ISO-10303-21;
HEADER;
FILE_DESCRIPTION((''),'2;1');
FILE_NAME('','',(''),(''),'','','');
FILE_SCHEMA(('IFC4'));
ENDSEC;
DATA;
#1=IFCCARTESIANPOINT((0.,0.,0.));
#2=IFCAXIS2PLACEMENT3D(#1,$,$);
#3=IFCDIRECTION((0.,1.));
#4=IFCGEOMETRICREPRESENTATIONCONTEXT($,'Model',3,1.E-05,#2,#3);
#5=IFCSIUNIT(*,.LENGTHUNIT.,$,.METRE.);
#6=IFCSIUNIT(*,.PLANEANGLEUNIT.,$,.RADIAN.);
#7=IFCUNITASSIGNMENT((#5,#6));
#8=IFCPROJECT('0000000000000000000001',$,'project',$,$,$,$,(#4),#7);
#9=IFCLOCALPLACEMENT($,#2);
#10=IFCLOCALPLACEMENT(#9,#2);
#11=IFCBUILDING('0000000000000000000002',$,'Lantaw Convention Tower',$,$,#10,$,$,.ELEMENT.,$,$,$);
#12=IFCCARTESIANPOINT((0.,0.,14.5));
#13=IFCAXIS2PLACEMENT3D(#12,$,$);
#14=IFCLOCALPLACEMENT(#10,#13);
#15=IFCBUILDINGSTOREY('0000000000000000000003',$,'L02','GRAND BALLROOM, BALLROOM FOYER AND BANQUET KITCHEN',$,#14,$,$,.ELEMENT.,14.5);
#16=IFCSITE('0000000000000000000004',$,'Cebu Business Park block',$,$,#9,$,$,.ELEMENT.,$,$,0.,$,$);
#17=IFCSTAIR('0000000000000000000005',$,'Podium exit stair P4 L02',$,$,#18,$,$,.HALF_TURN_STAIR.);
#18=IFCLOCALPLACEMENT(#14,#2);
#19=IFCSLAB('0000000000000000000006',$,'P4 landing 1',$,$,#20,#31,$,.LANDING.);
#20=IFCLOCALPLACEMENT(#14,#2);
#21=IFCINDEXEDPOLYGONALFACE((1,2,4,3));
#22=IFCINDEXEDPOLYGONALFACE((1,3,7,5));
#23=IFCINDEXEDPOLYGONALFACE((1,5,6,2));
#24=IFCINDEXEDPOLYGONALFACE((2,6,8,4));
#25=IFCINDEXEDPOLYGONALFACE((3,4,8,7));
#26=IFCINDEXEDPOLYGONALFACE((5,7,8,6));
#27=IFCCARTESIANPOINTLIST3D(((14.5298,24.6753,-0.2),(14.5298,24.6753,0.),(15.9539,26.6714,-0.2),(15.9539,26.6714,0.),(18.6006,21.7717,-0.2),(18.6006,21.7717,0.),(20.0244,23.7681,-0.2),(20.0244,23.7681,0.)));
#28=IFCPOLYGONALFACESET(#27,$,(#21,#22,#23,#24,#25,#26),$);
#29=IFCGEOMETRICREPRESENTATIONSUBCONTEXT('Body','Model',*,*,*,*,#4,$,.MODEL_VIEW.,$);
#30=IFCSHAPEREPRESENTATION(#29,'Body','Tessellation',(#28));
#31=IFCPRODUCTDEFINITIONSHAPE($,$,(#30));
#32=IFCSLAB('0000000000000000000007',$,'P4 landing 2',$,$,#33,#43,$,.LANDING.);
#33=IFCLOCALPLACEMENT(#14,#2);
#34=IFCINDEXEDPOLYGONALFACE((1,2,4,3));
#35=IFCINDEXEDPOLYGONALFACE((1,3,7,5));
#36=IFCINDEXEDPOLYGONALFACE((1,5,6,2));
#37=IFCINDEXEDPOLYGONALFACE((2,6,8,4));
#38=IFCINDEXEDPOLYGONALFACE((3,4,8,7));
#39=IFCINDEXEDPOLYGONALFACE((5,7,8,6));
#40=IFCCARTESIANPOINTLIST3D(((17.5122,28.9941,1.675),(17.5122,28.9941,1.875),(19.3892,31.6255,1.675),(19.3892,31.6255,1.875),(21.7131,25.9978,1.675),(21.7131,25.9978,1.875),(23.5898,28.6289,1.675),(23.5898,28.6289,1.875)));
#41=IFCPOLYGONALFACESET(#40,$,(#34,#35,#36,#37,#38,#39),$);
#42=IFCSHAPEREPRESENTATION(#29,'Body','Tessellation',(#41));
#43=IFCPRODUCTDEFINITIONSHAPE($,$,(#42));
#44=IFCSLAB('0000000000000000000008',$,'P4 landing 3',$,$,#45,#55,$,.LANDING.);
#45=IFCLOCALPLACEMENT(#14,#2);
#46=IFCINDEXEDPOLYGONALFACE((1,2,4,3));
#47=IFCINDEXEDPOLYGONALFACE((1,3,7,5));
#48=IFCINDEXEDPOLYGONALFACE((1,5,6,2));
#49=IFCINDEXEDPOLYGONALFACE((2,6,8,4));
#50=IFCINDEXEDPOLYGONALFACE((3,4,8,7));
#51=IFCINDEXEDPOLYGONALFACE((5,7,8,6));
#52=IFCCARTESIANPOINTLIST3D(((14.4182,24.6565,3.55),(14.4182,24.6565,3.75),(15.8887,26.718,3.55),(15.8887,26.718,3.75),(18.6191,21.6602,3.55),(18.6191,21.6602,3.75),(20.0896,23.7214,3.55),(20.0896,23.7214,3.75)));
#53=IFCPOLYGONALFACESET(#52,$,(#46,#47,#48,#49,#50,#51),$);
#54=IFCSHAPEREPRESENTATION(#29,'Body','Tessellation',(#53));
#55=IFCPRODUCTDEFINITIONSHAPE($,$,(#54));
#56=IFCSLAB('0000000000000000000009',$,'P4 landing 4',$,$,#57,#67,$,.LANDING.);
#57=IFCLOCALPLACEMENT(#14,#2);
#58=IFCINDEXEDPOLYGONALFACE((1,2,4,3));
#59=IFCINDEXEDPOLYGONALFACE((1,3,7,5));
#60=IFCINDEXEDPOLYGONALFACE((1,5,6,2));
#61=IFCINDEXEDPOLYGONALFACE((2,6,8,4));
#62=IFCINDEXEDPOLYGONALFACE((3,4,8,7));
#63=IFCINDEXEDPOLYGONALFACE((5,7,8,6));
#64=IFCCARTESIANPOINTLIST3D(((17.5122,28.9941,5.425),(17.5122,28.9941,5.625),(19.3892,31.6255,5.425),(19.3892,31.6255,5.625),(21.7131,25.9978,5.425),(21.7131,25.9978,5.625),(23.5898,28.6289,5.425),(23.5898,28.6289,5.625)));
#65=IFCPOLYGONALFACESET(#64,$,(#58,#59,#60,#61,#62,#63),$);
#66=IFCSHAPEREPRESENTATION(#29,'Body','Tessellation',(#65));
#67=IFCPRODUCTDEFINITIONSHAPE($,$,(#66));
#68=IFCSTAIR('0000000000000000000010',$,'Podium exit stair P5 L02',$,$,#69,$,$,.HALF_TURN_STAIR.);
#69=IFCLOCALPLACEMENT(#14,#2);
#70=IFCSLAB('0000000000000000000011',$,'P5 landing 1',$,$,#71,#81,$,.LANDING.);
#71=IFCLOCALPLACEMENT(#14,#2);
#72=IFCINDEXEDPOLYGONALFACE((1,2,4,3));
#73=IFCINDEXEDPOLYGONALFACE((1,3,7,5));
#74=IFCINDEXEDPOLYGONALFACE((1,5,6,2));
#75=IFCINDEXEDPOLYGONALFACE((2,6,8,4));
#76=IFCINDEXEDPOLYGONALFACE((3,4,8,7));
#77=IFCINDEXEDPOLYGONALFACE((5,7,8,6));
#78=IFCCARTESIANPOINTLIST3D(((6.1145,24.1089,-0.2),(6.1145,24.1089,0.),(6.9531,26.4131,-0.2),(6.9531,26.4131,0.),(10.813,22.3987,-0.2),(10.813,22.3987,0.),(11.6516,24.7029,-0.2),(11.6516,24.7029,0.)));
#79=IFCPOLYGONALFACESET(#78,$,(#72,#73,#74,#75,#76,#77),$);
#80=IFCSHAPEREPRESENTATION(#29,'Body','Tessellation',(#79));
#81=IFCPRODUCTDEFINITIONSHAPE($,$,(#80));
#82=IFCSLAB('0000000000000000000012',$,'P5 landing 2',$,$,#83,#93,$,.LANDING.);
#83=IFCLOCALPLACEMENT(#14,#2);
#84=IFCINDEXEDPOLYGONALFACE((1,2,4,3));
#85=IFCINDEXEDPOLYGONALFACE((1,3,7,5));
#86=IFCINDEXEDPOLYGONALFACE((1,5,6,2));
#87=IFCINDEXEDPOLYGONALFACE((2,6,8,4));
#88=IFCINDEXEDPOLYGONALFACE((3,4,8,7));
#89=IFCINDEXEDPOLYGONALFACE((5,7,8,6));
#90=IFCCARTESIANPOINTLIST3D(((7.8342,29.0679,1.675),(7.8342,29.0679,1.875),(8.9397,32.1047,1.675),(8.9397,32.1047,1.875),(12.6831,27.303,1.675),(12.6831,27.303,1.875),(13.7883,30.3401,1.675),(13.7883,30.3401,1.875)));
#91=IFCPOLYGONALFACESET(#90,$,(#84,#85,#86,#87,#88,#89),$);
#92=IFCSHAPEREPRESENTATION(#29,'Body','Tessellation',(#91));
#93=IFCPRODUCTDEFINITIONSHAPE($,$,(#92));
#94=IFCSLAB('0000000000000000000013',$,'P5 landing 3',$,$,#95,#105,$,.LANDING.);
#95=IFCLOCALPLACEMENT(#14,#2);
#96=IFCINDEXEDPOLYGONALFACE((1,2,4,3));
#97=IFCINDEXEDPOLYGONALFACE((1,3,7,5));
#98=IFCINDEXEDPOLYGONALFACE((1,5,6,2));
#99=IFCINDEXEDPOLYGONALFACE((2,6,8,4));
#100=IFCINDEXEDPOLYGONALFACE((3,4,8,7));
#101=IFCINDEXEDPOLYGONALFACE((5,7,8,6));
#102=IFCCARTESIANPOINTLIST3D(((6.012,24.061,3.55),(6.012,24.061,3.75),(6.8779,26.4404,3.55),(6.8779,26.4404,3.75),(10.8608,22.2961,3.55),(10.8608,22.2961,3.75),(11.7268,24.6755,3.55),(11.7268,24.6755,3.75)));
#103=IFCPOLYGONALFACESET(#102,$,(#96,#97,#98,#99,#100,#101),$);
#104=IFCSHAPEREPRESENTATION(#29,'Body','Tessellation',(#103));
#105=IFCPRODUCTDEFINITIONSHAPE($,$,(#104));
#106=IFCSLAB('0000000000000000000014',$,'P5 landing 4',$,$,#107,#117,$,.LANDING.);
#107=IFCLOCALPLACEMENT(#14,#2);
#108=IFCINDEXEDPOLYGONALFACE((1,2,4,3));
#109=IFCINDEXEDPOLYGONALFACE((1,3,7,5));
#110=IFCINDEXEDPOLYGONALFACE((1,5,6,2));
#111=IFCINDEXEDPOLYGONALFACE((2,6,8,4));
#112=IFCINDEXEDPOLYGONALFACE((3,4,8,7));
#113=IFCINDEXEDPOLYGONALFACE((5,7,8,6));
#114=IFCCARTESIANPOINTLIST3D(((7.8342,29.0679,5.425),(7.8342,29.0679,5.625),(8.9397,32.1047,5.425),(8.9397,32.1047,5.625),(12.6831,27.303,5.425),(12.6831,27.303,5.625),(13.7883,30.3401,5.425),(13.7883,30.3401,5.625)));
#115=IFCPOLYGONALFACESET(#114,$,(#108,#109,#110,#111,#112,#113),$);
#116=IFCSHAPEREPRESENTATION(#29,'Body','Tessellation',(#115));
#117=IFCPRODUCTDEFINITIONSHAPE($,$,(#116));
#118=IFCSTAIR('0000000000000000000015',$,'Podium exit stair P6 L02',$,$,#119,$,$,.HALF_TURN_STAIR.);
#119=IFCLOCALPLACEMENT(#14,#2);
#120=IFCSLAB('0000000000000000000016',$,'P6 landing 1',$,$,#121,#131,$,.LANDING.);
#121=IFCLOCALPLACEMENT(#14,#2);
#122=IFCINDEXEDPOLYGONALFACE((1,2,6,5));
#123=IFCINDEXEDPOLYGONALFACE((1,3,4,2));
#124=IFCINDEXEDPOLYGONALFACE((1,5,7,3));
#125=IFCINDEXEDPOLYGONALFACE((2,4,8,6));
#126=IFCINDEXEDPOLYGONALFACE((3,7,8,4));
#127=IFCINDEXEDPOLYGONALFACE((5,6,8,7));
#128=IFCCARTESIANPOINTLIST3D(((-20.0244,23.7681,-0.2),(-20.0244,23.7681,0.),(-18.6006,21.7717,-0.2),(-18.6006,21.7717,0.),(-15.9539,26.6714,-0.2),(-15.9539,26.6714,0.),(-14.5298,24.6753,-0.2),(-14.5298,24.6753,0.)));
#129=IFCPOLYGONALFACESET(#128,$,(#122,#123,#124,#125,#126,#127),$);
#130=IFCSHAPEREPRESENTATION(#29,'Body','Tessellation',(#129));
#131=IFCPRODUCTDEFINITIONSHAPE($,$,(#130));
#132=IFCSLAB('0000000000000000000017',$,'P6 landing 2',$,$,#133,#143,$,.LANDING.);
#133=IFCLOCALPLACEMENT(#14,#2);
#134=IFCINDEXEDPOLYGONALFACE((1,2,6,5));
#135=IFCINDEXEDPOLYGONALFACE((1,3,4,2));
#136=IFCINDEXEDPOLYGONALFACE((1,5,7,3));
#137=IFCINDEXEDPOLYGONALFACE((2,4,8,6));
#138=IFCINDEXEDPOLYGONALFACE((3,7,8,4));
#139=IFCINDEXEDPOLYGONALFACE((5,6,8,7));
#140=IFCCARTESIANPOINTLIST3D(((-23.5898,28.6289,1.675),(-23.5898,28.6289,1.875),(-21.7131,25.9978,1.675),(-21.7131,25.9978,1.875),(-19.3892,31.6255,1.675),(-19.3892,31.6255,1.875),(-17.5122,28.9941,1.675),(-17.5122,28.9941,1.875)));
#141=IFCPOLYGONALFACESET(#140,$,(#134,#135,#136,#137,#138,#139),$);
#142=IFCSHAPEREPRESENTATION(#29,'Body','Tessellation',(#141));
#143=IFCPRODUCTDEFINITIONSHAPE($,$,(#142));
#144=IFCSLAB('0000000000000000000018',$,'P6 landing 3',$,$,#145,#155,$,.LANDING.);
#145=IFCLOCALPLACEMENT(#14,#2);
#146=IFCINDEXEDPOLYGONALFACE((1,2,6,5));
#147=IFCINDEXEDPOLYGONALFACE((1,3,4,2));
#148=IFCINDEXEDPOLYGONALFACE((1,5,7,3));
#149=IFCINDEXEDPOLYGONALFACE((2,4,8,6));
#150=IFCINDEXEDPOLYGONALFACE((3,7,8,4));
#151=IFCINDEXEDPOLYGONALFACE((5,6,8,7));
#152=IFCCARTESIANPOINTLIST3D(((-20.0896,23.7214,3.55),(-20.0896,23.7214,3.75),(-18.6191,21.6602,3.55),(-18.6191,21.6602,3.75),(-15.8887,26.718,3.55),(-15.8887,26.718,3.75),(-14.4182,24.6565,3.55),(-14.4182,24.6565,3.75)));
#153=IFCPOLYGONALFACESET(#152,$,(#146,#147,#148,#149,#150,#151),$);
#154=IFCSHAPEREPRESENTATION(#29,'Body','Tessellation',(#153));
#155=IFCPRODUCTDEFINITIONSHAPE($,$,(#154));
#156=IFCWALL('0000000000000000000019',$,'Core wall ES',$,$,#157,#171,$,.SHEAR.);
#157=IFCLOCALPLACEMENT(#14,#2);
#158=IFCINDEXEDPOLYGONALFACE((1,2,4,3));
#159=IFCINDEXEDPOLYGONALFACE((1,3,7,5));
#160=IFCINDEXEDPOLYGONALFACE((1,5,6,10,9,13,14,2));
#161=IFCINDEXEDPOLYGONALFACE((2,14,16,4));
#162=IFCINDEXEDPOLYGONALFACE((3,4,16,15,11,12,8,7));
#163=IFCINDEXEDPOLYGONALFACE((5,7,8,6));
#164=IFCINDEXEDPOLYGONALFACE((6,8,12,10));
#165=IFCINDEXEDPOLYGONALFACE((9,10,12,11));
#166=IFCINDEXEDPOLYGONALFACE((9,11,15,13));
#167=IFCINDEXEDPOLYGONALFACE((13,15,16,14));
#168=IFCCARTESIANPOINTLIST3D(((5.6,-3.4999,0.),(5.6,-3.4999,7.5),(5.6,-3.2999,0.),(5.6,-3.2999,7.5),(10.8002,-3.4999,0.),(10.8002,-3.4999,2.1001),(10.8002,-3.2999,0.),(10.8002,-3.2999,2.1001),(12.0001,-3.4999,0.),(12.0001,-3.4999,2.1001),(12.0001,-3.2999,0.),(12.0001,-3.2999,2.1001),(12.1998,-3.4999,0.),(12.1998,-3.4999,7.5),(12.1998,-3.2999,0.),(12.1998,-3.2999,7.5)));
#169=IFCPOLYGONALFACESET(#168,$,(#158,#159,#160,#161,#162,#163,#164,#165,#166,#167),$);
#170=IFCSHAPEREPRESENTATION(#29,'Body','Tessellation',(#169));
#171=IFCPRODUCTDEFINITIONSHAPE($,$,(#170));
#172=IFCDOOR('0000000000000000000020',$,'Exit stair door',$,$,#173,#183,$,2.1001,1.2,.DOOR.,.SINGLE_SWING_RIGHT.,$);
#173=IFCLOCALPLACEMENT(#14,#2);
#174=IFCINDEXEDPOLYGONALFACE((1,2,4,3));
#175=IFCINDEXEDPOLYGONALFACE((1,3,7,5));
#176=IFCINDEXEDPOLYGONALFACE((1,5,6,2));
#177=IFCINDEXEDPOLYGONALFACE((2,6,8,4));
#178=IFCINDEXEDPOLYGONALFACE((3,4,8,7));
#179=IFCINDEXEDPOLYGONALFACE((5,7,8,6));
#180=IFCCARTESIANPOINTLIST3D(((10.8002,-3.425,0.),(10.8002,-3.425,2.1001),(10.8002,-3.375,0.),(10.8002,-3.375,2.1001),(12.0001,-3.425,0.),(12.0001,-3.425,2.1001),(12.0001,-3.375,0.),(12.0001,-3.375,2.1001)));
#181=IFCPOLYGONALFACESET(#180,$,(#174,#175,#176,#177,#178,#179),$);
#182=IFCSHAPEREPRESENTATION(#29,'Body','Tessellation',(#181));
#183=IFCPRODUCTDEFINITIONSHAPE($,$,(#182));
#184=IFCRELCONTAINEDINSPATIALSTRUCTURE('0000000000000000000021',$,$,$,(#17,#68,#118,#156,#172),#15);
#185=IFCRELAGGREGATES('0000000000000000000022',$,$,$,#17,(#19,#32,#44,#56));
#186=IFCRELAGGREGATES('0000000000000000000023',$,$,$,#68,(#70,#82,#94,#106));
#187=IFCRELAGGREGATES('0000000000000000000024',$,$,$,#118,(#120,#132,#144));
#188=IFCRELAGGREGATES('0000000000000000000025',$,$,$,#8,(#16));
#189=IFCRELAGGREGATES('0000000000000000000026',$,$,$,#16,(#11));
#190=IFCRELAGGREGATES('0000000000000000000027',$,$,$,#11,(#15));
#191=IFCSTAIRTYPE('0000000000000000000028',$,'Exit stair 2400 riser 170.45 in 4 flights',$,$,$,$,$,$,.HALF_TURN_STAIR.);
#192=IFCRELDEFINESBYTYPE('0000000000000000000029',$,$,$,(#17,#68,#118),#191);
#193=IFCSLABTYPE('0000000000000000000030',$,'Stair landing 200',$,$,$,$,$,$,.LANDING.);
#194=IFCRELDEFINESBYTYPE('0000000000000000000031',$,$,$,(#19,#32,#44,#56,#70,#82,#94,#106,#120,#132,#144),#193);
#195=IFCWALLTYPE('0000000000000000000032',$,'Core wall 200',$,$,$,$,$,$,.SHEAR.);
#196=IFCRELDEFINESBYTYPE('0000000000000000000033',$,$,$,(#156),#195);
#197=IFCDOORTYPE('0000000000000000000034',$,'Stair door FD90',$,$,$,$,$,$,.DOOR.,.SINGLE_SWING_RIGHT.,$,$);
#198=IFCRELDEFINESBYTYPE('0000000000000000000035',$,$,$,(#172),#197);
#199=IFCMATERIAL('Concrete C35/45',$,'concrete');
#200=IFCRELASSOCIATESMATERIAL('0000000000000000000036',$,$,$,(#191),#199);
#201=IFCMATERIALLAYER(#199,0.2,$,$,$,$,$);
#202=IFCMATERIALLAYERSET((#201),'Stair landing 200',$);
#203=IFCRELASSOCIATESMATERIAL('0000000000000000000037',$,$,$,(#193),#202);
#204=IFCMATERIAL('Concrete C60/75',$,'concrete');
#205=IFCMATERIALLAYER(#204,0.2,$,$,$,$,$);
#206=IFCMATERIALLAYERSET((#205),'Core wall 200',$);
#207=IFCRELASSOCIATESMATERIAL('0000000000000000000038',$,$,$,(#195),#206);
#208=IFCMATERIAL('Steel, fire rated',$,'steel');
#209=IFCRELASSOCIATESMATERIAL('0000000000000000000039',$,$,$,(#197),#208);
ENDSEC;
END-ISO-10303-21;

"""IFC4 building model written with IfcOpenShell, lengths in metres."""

from ifc_helpers import new_model, si_unit, direction, frame, frame_2d, origin, place, context, subcontext, project, spatial, polyline, rectangle, outline, extrude, material, layer, layer_set, type_object, element, fill, aggregate, save


model = new_model("IFC4")

# Units and contexts
model_context = context("Model", 3, precision=1e-05, world=origin(), true_north=direction((0.0, 1.0)))
body_context = subcontext(model_context, "Body", "Model", "MODEL_VIEW")
ifc_project = project(units=[si_unit("LENGTHUNIT", "METRE"), si_unit("PLANEANGLEUNIT", "RADIAN")], contexts=[model_context])

# Site, building, storey
site_placement = place(None, origin())
site = spatial("IfcSite", under=ifc_project, at=site_placement, Name="Cebu Business Park block", CompositionType="ELEMENT", RefElevation=0.0)
building_placement = place(site_placement, origin())
building = spatial("IfcBuilding", under=site, at=building_placement, Name="Lantaw Convention Tower", CompositionType="ELEMENT")
storey_placement = place(building_placement, frame((0.0, 0.0, 14.5)))
storey = spatial("IfcBuildingStorey", under=building, at=storey_placement, Name="L02", Description="GRAND BALLROOM, BALLROOM FOYER AND BANQUET KITCHEN", CompositionType="ELEMENT", Elevation=14.5)

# Stairs, slabs
ifc_material_1 = material(Name="Concrete C35/45", Category="concrete")
stair_type = type_object("IfcStairType", Name="Exit stair 2400 riser 170.45 in 4 flights", PredefinedType="HALF_TURN_STAIR", material=ifc_material_1)
ifc_layer_1 = layer(ifc_material_1, 0.2)
ifc_layer_set_1 = layer_set([ifc_layer_1], Name="Stair landing 200")
slab_type = type_object("IfcSlabType", Name="Stair landing 200", PredefinedType="LANDING", material=ifc_layer_set_1)
stair_1_placement = place(storey_placement, origin())
stair_1 = element("IfcStair", 1, at=stair_1_placement, inside=storey, type_object=stair_type, Name="Podium exit stair P4 L02", PredefinedType="HALF_TURN_STAIR")
slab_1_placement = place(storey_placement, frame((0.0, 0.0, -0.2)))
slab_1 = element("IfcSlab", 2, at=slab_1_placement, type_object=slab_type, Name="P4 landing 1", PredefinedType="LANDING", context=body_context, shape_type="SweptSolid", body=[
    extrude(outline(polyline([(18.6006, 21.7717), (20.0244, 23.7681), (15.9539, 26.6714), (14.5298, 24.6753), (18.6006, 21.7717)])), origin(), (0.0, 0.0, 1.0), 0.2),
])
slab_2_placement = place(storey_placement, frame((0.0, 0.0, 1.675)))
slab_2 = element("IfcSlab", 3, at=slab_2_placement, type_object=slab_type, Name="P4 landing 2", PredefinedType="LANDING", context=body_context, shape_type="SweptSolid", body=[
    extrude(outline(polyline([(21.7131, 25.9978), (23.5898, 28.6289), (19.3892, 31.6255), (17.5122, 28.9941), (21.7131, 25.9978)])), origin(), (0.0, 0.0, 1.0), 0.2),
])
slab_3_placement = place(storey_placement, frame((0.0, 0.0, 3.55)))
slab_3 = element("IfcSlab", 4, at=slab_3_placement, type_object=slab_type, Name="P4 landing 3", PredefinedType="LANDING", context=body_context, shape_type="SweptSolid", body=[
    extrude(outline(polyline([(18.6191, 21.6602), (20.0896, 23.7214), (15.8887, 26.718), (14.4182, 24.6565), (18.6191, 21.6602)])), origin(), (0.0, 0.0, 1.0), 0.2),
])
slab_4_placement = place(storey_placement, frame((0.0, 0.0, 5.425)))
slab_4 = element("IfcSlab", 5, at=slab_4_placement, type_object=slab_type, Name="P4 landing 4", PredefinedType="LANDING", context=body_context, shape_type="SweptSolid", body=[
    extrude(outline(polyline([(21.7131, 25.9978), (23.5898, 28.6289), (19.3892, 31.6255), (17.5122, 28.9941), (21.7131, 25.9978)])), origin(), (0.0, 0.0, 1.0), 0.2),
])
aggregate(stair_1, [slab_1, slab_2, slab_3, slab_4])
stair_2_placement = place(storey_placement, origin())
stair_2 = element("IfcStair", 6, at=stair_2_placement, inside=storey, type_object=stair_type, Name="Podium exit stair P5 L02", PredefinedType="HALF_TURN_STAIR")
slab_5_placement = place(storey_placement, frame((0.0, 0.0, -0.2)))
slab_5 = element("IfcSlab", 7, at=slab_5_placement, type_object=slab_type, Name="P5 landing 1", PredefinedType="LANDING", context=body_context, shape_type="SweptSolid", body=[
    extrude(outline(polyline([(10.813, 22.3987), (11.6516, 24.7029), (6.9531, 26.4131), (6.1145, 24.1089), (10.813, 22.3987)])), origin(), (0.0, 0.0, 1.0), 0.2),
])
slab_6_placement = place(storey_placement, frame((0.0, 0.0, 1.675)))
slab_6 = element("IfcSlab", 8, at=slab_6_placement, type_object=slab_type, Name="P5 landing 2", PredefinedType="LANDING", context=body_context, shape_type="SweptSolid", body=[
    extrude(outline(polyline([(12.6831, 27.303), (13.7883, 30.3401), (8.9397, 32.1047), (7.8342, 29.0679), (12.6831, 27.303)])), origin(), (0.0, 0.0, 1.0), 0.2),
])
slab_7_placement = place(storey_placement, frame((0.0, 0.0, 3.55)))
slab_7 = element("IfcSlab", 9, at=slab_7_placement, type_object=slab_type, Name="P5 landing 3", PredefinedType="LANDING", context=body_context, shape_type="SweptSolid", body=[
    extrude(outline(polyline([(10.8608, 22.2961), (11.7268, 24.6755), (6.8779, 26.4404), (6.012, 24.061), (10.8608, 22.2961)])), origin(), (0.0, 0.0, 1.0), 0.2),
])
slab_8_placement = place(storey_placement, frame((0.0, 0.0, 5.425)))
slab_8 = element("IfcSlab", 10, at=slab_8_placement, type_object=slab_type, Name="P5 landing 4", PredefinedType="LANDING", context=body_context, shape_type="SweptSolid", body=[
    extrude(outline(polyline([(12.6831, 27.303), (13.7883, 30.3401), (8.9397, 32.1047), (7.8342, 29.0679), (12.6831, 27.303)])), origin(), (0.0, 0.0, 1.0), 0.2),
])
aggregate(stair_2, [slab_5, slab_6, slab_7, slab_8])
stair_3_placement = place(storey_placement, origin())
stair_3 = element("IfcStair", 11, at=stair_3_placement, inside=storey, type_object=stair_type, Name="Podium exit stair P6 L02", PredefinedType="HALF_TURN_STAIR")
slab_9_placement = place(storey_placement, frame((0.0, 0.0, -0.2)))
slab_9 = element("IfcSlab", 12, at=slab_9_placement, type_object=slab_type, Name="P6 landing 1", PredefinedType="LANDING", context=body_context, shape_type="SweptSolid", body=[
    extrude(outline(polyline([(-14.5298, 24.6753), (-15.9539, 26.6714), (-20.0244, 23.7681), (-18.6006, 21.7717), (-14.5298, 24.6753)])), origin(), (0.0, 0.0, 1.0), 0.2),
])
slab_10_placement = place(storey_placement, frame((0.0, 0.0, 1.675)))
slab_10 = element("IfcSlab", 13, at=slab_10_placement, type_object=slab_type, Name="P6 landing 2", PredefinedType="LANDING", context=body_context, shape_type="SweptSolid", body=[
    extrude(outline(polyline([(-17.5122, 28.9941), (-19.3892, 31.6255), (-23.5898, 28.6289), (-21.7131, 25.9978), (-17.5122, 28.9941)])), origin(), (0.0, 0.0, 1.0), 0.2),
])
slab_11_placement = place(storey_placement, frame((0.0, 0.0, 3.55)))
slab_11 = element("IfcSlab", 14, at=slab_11_placement, type_object=slab_type, Name="P6 landing 3", PredefinedType="LANDING", context=body_context, shape_type="SweptSolid", body=[
    extrude(outline(polyline([(-14.4182, 24.6565), (-15.8887, 26.718), (-20.0896, 23.7214), (-18.6191, 21.6602), (-14.4182, 24.6565)])), origin(), (0.0, 0.0, 1.0), 0.2),
])
aggregate(stair_3, [slab_9, slab_10, slab_11])

# Wall, opening, door
ifc_material_2 = material(Name="Concrete C60/75", Category="concrete")
ifc_layer_2 = layer(ifc_material_2, 0.2)
ifc_layer_set_2 = layer_set([ifc_layer_2], Name="Core wall 200")
wall_type_1 = type_object("IfcWallType", Name="Core wall 200", PredefinedType="SHEAR", material=ifc_layer_set_2)
wall_1_placement = place(storey_placement, frame((5.6001, -3.3999, 0.0), z_axis=(0.0, 0.0, 1.0), x_axis=(1.0, 0.0, 0.0)))
wall_1 = element("IfcWall", 15, at=wall_1_placement, inside=storey, type_object=wall_type_1, Name="Core wall ES", PredefinedType="SHEAR", context=body_context, shape_type="SweptSolid", body=[
    extrude(rectangle(XDim=6.5999, YDim=0.2, at=frame_2d((3.2998, 0.0))), origin(), (0.0, 0.0, 1.0), 7.5),
])
opening_1_placement = place(wall_1_placement, frame((5.2, 0.0, 0.0)))
opening_1 = element("IfcOpeningElement", 16, at=opening_1_placement, cuts=wall_1, PredefinedType="OPENING", context=body_context, shape_type="SweptSolid", body=[
    extrude(rectangle(XDim=1.2, YDim=2.1001, at=frame_2d((0.6001, 1.05))), frame((0.0, 0.1099, 0.0), z_axis=(0.0, -1.0, 0.0), x_axis=(1.0, 0.0, 0.0)), (0.0, 0.0, 1.0), 0.22),
])
ifc_material_3 = material(Name="Steel, fire rated", Category="steel")
door_type_1 = type_object("IfcDoorType", Name="Stair door FD90", OperationType="SINGLE_SWING_RIGHT", PredefinedType="DOOR", material=ifc_material_3)
door_1_placement = place(opening_1_placement, origin())
door_1 = element("IfcDoor", 17, at=door_1_placement, inside=storey, type_object=door_type_1, Name="Exit stair door", OperationType="SINGLE_SWING_RIGHT", OverallHeight=2.1001, OverallWidth=1.2, PredefinedType="DOOR", context=body_context, shape_type="SweptSolid", body=[
    extrude(rectangle(XDim=1.2, YDim=2.1001, at=frame_2d((0.6001, 1.05))), frame((0.0, 0.0249, 0.0), z_axis=(0.0, -1.0, 0.0), x_axis=(1.0, 0.0, 0.0)), (0.0, 0.0, 1.0), 0.05),
])
fill(opening_1, door_1)

save(model, "model.ifc")
